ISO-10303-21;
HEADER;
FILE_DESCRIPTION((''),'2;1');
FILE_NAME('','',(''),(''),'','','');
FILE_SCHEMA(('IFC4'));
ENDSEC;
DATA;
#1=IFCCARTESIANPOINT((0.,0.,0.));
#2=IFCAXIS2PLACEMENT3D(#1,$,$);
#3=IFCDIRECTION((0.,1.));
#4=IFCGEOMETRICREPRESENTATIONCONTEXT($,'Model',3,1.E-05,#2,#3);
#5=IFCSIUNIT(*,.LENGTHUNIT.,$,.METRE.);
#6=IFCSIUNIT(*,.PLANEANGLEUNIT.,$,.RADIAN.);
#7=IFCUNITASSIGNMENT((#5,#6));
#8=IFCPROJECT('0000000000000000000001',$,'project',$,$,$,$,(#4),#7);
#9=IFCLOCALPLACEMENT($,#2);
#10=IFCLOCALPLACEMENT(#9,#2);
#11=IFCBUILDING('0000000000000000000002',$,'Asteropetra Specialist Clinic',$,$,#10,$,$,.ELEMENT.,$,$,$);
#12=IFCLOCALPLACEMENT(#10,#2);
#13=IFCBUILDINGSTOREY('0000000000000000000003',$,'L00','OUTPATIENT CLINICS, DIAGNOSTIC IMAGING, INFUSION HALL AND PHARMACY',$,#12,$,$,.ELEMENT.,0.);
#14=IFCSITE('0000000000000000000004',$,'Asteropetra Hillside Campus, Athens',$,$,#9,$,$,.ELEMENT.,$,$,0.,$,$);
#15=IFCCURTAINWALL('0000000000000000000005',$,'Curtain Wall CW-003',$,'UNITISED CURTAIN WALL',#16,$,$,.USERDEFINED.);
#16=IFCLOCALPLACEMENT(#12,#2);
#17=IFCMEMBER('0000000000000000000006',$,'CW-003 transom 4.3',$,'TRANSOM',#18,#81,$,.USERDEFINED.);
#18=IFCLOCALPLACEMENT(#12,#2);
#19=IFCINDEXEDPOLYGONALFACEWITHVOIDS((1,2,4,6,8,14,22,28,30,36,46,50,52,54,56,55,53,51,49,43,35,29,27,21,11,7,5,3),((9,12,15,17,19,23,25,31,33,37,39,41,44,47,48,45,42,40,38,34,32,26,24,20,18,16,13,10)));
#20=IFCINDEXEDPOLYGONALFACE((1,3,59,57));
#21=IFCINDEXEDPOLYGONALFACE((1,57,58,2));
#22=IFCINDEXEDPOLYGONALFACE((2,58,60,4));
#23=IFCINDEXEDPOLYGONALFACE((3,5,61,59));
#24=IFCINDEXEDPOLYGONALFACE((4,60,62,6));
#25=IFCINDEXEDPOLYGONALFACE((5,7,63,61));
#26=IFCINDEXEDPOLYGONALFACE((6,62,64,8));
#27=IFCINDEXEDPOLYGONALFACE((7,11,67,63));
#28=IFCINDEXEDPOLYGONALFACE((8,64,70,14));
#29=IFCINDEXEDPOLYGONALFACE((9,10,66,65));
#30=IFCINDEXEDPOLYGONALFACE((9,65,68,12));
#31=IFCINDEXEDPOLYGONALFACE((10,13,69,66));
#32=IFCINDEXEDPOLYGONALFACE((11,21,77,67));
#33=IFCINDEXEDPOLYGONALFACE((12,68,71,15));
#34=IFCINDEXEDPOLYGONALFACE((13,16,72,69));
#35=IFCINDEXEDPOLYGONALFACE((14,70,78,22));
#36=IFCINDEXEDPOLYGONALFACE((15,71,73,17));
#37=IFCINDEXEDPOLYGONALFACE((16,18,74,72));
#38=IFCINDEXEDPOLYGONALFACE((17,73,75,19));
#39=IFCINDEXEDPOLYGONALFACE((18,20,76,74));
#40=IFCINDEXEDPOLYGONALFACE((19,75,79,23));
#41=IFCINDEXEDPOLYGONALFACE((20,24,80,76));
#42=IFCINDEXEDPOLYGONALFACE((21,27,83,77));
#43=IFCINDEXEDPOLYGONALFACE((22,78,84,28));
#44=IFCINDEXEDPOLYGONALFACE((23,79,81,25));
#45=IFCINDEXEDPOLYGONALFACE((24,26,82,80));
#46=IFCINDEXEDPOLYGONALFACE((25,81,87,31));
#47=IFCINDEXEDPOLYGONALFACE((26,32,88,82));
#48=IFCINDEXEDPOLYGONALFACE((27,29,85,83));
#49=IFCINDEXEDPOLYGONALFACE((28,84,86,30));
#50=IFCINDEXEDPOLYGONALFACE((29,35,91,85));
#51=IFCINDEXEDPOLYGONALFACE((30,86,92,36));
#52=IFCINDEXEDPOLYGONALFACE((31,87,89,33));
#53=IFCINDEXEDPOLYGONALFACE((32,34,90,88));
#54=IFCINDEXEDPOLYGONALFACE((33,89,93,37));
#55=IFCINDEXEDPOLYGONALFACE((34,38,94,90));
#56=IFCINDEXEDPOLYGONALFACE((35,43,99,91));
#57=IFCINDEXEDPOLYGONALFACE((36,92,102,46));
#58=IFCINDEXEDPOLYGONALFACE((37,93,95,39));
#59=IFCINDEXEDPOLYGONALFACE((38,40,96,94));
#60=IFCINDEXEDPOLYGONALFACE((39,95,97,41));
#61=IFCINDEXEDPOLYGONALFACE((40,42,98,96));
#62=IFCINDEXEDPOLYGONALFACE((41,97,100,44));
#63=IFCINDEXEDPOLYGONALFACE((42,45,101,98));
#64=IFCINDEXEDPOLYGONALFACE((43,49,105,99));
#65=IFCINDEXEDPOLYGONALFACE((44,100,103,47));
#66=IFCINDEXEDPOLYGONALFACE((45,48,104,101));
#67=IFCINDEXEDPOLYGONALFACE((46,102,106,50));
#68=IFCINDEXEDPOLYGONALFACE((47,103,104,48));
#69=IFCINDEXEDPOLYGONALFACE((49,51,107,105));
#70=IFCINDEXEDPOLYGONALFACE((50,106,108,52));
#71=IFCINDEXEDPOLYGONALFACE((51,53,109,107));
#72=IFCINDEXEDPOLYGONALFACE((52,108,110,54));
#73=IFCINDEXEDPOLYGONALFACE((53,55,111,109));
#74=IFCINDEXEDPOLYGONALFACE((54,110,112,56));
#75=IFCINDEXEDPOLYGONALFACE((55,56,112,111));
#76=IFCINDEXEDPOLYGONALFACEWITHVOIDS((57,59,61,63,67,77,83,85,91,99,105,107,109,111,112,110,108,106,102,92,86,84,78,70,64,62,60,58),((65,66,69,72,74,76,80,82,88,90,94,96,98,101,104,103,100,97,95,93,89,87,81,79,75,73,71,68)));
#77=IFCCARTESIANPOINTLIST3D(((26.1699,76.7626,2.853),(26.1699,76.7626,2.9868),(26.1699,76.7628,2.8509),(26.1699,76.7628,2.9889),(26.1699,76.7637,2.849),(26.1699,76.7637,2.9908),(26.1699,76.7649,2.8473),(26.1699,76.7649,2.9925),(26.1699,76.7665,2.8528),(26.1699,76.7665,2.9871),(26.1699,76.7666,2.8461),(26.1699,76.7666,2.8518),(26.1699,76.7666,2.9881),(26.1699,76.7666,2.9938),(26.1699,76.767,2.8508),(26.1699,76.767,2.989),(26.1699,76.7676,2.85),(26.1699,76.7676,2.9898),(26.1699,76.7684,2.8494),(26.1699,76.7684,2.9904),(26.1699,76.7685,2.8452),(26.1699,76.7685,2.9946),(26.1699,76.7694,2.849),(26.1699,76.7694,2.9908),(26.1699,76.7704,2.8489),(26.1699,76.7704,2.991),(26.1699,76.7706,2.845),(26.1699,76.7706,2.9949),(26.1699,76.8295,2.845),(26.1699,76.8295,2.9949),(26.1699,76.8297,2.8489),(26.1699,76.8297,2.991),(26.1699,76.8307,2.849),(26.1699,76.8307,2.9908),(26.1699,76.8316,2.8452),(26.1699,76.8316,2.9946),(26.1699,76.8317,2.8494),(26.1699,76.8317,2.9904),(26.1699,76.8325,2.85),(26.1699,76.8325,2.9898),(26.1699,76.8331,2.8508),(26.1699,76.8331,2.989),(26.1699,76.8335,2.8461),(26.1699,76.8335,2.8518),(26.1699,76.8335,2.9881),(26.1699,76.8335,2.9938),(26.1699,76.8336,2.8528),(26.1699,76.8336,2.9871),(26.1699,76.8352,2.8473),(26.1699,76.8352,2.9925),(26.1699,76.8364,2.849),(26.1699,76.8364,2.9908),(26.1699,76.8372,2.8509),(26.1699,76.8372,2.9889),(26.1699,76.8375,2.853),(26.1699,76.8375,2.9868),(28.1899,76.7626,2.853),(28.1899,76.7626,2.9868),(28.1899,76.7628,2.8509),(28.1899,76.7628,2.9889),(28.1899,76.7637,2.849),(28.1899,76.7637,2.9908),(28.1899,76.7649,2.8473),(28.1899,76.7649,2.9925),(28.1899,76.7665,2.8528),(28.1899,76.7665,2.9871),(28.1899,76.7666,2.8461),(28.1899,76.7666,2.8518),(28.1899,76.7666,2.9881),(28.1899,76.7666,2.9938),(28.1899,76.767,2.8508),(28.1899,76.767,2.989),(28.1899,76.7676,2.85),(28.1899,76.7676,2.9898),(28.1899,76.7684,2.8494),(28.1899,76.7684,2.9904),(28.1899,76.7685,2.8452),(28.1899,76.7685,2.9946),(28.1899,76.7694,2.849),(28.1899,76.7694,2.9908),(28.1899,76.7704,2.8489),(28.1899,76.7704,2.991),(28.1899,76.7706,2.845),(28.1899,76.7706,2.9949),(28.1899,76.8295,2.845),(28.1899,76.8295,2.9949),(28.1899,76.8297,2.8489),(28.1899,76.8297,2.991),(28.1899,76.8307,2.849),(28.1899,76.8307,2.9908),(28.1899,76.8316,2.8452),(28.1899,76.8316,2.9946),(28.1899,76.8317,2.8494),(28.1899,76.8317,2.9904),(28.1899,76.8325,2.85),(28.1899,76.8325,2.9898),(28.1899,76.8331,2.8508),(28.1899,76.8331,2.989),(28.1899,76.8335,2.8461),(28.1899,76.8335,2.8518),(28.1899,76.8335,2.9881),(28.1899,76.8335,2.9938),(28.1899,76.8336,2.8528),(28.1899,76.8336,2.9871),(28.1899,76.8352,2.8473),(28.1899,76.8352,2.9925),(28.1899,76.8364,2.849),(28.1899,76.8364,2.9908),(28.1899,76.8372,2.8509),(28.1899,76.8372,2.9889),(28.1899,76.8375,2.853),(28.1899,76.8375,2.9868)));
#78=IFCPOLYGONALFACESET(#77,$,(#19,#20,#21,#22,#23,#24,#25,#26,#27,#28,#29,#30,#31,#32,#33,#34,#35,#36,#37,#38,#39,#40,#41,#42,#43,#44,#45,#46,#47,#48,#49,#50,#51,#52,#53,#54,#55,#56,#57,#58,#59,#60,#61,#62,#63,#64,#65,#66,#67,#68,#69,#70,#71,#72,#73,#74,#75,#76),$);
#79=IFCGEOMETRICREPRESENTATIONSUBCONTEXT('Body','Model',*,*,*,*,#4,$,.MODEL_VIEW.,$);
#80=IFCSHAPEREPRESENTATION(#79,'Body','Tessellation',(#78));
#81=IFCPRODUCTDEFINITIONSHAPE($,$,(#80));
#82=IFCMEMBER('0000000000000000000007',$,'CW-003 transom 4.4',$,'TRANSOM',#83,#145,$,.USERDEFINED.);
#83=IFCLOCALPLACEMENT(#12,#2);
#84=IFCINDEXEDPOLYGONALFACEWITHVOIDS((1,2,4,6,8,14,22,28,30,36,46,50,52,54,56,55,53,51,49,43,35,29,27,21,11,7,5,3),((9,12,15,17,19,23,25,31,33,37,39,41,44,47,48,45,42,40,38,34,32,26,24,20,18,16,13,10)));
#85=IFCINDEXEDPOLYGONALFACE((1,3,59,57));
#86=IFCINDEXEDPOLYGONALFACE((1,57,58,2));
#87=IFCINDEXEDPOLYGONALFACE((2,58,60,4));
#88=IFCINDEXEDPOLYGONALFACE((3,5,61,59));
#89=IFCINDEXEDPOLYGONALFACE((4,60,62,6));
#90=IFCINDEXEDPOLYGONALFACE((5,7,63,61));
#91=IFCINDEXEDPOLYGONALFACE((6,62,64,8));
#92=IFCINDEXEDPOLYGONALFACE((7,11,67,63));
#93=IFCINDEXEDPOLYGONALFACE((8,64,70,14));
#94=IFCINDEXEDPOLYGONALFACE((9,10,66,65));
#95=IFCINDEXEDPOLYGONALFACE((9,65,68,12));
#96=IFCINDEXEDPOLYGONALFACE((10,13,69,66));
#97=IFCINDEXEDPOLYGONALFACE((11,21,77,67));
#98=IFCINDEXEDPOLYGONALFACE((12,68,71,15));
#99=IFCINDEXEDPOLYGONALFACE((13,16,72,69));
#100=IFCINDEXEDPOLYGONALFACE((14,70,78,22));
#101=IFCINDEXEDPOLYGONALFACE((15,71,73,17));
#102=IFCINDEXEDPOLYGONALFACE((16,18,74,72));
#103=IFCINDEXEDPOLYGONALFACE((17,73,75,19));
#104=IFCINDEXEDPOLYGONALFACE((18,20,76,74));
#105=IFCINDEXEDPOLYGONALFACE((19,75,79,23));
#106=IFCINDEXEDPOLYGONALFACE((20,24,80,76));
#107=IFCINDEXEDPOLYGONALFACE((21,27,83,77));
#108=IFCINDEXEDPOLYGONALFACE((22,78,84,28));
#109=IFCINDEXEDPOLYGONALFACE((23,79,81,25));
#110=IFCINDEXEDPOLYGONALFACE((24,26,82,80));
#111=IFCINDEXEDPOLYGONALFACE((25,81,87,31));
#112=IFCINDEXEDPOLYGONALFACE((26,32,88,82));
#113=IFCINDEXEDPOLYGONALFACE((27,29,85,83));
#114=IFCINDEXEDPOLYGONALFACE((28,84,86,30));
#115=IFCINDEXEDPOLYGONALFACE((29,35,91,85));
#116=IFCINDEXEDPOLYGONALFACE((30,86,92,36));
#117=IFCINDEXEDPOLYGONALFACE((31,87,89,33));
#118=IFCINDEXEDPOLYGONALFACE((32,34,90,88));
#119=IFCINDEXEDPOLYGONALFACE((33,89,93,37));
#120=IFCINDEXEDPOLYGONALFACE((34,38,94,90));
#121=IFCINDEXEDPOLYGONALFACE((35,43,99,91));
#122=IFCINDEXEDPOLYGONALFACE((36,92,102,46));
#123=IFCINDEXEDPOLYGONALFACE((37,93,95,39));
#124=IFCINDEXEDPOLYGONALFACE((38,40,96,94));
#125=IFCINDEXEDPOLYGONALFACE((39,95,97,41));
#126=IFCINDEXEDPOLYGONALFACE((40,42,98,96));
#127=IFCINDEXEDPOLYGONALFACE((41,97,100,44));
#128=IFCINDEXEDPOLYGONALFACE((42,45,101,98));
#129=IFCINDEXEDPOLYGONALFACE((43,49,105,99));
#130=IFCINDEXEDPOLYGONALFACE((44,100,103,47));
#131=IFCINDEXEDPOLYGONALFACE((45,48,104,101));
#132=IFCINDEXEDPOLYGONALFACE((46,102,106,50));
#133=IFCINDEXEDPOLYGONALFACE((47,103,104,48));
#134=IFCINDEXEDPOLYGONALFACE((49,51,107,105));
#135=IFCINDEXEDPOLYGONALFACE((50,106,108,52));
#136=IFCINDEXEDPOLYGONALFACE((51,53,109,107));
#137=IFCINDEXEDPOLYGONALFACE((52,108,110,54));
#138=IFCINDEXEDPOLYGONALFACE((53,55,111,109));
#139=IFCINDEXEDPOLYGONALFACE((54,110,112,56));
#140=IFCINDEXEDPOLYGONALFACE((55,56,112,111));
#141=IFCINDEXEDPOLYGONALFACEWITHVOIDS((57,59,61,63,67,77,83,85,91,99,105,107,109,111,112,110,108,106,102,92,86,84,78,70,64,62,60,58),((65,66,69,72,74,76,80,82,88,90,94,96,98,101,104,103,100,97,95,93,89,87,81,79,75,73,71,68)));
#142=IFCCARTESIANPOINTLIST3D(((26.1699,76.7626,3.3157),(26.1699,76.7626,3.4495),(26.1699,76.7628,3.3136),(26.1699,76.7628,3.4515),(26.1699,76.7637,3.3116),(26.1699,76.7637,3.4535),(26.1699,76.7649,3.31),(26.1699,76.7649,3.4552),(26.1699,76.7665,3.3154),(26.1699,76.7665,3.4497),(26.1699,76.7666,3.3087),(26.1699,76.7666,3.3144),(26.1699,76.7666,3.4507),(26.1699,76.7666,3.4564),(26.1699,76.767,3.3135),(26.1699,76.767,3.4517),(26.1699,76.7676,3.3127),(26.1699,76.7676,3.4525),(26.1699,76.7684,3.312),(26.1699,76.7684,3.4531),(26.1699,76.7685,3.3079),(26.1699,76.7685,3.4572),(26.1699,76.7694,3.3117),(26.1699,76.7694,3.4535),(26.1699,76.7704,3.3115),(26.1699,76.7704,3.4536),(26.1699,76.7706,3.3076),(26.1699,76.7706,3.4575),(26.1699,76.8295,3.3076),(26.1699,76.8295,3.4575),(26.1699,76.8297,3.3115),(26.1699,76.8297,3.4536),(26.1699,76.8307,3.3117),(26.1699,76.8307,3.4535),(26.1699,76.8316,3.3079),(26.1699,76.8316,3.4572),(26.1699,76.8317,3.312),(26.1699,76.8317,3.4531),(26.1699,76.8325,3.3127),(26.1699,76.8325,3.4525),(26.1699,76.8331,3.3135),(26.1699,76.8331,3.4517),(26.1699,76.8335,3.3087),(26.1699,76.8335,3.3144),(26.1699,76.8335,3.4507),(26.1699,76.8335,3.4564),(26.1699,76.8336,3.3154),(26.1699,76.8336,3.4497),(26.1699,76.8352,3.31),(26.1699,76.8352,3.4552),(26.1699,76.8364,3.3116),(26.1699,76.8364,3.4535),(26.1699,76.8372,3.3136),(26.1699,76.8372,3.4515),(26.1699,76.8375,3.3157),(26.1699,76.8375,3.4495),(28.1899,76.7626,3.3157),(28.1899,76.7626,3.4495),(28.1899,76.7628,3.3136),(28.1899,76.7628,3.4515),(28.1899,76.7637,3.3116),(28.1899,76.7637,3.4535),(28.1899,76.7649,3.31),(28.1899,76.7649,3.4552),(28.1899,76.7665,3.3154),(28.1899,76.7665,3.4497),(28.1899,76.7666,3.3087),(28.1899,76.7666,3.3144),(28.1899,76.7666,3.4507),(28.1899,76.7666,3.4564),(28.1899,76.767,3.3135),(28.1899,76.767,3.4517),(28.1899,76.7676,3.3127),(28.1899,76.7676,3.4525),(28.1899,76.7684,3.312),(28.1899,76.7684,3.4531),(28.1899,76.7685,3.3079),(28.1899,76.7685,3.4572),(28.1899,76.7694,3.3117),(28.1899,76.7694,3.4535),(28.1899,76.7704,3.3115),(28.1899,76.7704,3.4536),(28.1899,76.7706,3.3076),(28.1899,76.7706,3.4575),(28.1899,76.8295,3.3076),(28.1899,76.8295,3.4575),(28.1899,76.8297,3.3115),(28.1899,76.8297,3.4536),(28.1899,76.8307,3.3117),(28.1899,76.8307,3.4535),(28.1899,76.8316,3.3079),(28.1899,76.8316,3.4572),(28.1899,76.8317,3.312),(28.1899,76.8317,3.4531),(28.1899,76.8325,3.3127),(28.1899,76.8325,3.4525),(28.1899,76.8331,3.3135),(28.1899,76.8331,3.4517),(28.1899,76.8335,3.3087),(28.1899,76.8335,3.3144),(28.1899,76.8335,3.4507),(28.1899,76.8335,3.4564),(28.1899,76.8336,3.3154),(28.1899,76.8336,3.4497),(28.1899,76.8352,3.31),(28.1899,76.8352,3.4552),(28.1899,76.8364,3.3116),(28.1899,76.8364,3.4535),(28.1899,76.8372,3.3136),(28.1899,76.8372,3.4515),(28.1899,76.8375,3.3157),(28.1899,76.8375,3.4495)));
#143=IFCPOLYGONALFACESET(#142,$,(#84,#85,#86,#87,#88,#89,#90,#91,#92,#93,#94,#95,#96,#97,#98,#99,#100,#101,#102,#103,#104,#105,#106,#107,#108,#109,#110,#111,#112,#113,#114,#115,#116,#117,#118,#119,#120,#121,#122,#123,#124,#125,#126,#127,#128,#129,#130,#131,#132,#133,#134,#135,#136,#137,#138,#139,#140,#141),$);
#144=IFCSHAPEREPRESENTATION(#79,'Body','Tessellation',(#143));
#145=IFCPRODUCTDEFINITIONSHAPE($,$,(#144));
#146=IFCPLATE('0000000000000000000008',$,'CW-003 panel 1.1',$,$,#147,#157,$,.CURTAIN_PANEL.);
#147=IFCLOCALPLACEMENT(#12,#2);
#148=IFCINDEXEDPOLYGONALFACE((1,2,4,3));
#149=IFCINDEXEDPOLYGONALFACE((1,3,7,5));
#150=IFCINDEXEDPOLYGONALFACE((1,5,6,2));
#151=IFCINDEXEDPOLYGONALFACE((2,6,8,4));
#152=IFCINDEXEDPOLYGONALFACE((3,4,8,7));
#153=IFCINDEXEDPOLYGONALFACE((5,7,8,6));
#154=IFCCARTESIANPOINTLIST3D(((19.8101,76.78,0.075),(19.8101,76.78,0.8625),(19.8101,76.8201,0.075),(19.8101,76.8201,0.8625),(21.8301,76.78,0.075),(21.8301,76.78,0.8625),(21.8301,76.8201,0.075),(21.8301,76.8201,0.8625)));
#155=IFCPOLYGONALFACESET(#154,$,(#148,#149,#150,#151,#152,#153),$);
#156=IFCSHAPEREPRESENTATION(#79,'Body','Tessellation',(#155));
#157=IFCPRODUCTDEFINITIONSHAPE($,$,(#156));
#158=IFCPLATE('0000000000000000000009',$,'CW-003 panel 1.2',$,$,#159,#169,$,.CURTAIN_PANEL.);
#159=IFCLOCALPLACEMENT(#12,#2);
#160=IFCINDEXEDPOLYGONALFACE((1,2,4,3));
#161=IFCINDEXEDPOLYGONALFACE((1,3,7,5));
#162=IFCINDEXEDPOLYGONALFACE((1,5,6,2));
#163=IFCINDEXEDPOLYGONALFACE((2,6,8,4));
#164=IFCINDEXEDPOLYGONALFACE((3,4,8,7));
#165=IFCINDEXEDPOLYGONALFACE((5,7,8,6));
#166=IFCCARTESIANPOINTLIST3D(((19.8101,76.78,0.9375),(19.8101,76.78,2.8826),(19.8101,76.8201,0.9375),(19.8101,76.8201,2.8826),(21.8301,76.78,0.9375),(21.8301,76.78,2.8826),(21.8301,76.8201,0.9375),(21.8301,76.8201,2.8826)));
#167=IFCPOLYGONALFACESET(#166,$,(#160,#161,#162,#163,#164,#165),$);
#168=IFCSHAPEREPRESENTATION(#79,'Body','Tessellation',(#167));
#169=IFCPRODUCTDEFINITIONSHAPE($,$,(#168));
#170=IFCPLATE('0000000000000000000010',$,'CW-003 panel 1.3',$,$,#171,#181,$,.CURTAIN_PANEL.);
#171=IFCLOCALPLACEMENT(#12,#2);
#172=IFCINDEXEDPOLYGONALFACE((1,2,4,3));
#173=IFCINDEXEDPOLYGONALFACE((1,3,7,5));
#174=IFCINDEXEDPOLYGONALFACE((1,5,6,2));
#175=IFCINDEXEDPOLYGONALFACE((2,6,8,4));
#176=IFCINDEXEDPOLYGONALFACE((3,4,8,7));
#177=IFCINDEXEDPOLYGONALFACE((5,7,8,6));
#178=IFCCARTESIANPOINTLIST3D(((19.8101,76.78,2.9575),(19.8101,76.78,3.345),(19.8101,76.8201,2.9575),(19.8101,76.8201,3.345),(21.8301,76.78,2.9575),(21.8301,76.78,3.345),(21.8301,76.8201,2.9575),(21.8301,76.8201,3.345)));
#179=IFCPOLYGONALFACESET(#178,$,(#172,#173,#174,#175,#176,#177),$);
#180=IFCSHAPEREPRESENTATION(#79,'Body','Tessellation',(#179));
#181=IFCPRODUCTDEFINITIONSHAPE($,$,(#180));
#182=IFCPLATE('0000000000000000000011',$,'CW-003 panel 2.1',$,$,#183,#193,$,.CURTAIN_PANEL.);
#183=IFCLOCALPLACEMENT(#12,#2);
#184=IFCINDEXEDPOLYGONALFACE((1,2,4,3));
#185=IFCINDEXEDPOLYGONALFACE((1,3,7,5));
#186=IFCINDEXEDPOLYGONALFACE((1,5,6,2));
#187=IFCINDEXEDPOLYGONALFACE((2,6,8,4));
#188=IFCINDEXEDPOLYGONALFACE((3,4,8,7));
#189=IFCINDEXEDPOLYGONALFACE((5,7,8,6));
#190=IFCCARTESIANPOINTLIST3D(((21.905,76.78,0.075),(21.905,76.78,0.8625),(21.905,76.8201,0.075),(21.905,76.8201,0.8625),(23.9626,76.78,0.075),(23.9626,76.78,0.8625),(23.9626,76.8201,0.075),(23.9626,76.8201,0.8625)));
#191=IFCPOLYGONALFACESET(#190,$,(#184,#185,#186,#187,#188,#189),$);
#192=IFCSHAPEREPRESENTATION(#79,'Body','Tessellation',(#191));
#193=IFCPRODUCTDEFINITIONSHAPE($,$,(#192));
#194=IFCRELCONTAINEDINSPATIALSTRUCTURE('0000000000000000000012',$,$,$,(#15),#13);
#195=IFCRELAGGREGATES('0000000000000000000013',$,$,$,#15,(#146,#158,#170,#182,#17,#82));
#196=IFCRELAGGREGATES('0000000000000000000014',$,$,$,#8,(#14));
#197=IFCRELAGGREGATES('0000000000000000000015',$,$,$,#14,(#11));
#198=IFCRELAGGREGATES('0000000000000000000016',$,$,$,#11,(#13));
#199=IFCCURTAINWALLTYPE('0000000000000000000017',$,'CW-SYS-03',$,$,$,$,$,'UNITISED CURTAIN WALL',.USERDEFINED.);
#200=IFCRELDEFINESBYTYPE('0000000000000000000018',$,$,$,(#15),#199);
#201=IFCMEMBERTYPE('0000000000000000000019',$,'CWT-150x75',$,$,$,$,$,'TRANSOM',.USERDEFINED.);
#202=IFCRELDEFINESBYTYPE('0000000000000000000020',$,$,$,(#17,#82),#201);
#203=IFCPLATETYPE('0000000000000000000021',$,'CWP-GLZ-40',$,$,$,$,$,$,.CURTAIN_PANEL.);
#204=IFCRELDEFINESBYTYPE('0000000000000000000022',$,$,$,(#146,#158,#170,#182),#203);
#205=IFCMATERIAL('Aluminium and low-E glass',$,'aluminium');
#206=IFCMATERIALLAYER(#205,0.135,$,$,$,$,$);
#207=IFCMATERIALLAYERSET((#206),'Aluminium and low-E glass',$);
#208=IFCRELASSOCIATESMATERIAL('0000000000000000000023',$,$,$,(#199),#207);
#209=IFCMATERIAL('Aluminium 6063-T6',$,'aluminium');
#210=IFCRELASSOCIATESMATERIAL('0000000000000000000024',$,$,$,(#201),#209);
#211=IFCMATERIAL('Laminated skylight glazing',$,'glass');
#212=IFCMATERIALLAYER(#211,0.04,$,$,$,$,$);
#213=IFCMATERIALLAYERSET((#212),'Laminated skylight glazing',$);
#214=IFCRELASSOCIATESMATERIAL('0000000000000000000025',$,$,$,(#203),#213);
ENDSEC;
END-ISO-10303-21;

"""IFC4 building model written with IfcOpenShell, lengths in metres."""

from ifc_helpers import new_model, si_unit, direction, frame, origin, origin_2d, place, context, subcontext, project, spatial, rectangle, hollow_rectangle, extrude, material, layer, layer_set, material_profile, profile_set, type_object, element, aggregate, save


model = new_model("IFC4")

# Units and contexts
model_context = context("Model", 3, precision=1e-05, world=origin(), true_north=direction((0.0, 1.0)))
body_context = subcontext(model_context, "Body", "Model", "MODEL_VIEW")
ifc_project = project(units=[si_unit("LENGTHUNIT", "METRE"), si_unit("PLANEANGLEUNIT", "RADIAN")], contexts=[model_context])

# Site, building, storey
site_placement = place(None, origin())
site = spatial("IfcSite", under=ifc_project, at=site_placement, Name="Asteropetra Hillside Campus, Athens", CompositionType="ELEMENT", RefElevation=0.0)
building_placement = place(site_placement, origin())
building = spatial("IfcBuilding", under=site, at=building_placement, Name="Asteropetra Specialist Clinic", CompositionType="ELEMENT")
storey_placement = place(building_placement, origin())
storey = spatial("IfcBuildingStorey", under=building, at=storey_placement, Name="L00", Description="OUTPATIENT CLINICS, DIAGNOSTIC IMAGING, INFUSION HALL AND PHARMACY", CompositionType="ELEMENT", Elevation=0.0)

# Curtain wall, members, plates
ifc_material_1 = material(Name="Aluminium and low-E glass", Category="aluminium")
ifc_layer_1 = layer(ifc_material_1, 0.135)
ifc_layer_set_1 = layer_set([ifc_layer_1], Name="Aluminium and low-E glass")
curtain_wall_type = type_object("IfcCurtainWallType", Name="CW-SYS-03", ElementType="UNITISED CURTAIN WALL", PredefinedType="USERDEFINED", material=ifc_layer_set_1)
curtain_wall_placement = place(storey_placement, origin())
curtain_wall = element("IfcCurtainWall", 1, at=curtain_wall_placement, inside=storey, type_object=curtain_wall_type, Name="Curtain Wall CW-003", ObjectType="UNITISED CURTAIN WALL", PredefinedType="USERDEFINED")
ifc_material_2 = material(Name="Aluminium 6063-T6", Category="aluminium")
ifc_material_profile_1 = material_profile(ifc_material_2, hollow_rectangle(XDim=0.075, YDim=0.1499, WallThickness=0.0039, InnerFilletRadius=0.0039, OuterFilletRadius=0.0081, at=origin_2d()), Name="TRN 150x75x4.0")
ifc_profile_set_1 = profile_set([ifc_material_profile_1], Name="Aluminium 6063-T6")
member_type_1 = type_object("IfcMemberType", Name="CWT-150x75", ElementType="TRANSOM", PredefinedType="USERDEFINED", material=ifc_profile_set_1)
member_1_placement = place(storey_placement, frame((26.1699, 76.8, 2.9199), z_axis=(1.0, 0.0, 0.0), x_axis=(0.0, 1.0, 0.0)))
member_1 = element("IfcMember", 2, at=member_1_placement, type_object=member_type_1, Name="CW-003 transom 4.3", ObjectType="TRANSOM", PredefinedType="USERDEFINED", context=body_context, shape_type="SweptSolid", body=[
    extrude(hollow_rectangle(XDim=0.075, YDim=0.1499, WallThickness=0.0039, InnerFilletRadius=0.0039, OuterFilletRadius=0.0081, at=origin_2d()), origin(), (0.0, 0.0, 1.0), 2.02),
])
member_2_placement = place(storey_placement, frame((26.1699, 76.8, 3.3826), z_axis=(1.0, 0.0, 0.0), x_axis=(0.0, 1.0, 0.0)))
member_2 = element("IfcMember", 3, at=member_2_placement, type_object=member_type_1, Name="CW-003 transom 4.4", ObjectType="TRANSOM", PredefinedType="USERDEFINED", context=body_context, shape_type="SweptSolid", body=[
    extrude(hollow_rectangle(XDim=0.075, YDim=0.1499, WallThickness=0.0039, InnerFilletRadius=0.0039, OuterFilletRadius=0.0081, at=origin_2d()), origin(), (0.0, 0.0, 1.0), 2.02),
])
ifc_material_3 = material(Name="Laminated skylight glazing", Category="glass")
ifc_layer_2 = layer(ifc_material_3, 0.04)
ifc_layer_set_2 = layer_set([ifc_layer_2], Name="Laminated skylight glazing")
plate_type = type_object("IfcPlateType", Name="CWP-GLZ-40", PredefinedType="CURTAIN_PANEL", material=ifc_layer_set_2)
plate_1_placement = place(storey_placement, frame((20.8201, 76.8, 0.075), z_axis=(0.0, 0.0, 1.0), x_axis=(1.0, 0.0, 0.0)))
plate_1 = element("IfcPlate", 4, at=plate_1_placement, type_object=plate_type, Name="CW-003 panel 1.1", PredefinedType="CURTAIN_PANEL", context=body_context, shape_type="SweptSolid", body=[
    extrude(rectangle(XDim=2.02, YDim=0.04, at=origin_2d()), origin(), (0.0, 0.0, 1.0), 0.7876),
])
plate_2_placement = place(storey_placement, frame((20.8201, 76.8, 0.9375), z_axis=(0.0, 0.0, 1.0), x_axis=(1.0, 0.0, 0.0)))
plate_2 = element("IfcPlate", 5, at=plate_2_placement, type_object=plate_type, Name="CW-003 panel 1.2", PredefinedType="CURTAIN_PANEL", context=body_context, shape_type="SweptSolid", body=[
    extrude(rectangle(XDim=2.02, YDim=0.04, at=origin_2d()), origin(), (0.0, 0.0, 1.0), 1.9451),
])
plate_3_placement = place(storey_placement, frame((20.8201, 76.8, 2.9575), z_axis=(0.0, 0.0, 1.0), x_axis=(1.0, 0.0, 0.0)))
plate_3 = element("IfcPlate", 6, at=plate_3_placement, type_object=plate_type, Name="CW-003 panel 1.3", PredefinedType="CURTAIN_PANEL", context=body_context, shape_type="SweptSolid", body=[
    extrude(rectangle(XDim=2.02, YDim=0.04, at=origin_2d()), origin(), (0.0, 0.0, 1.0), 0.3875),
])
plate_4_placement = place(storey_placement, frame((22.9338, 76.8, 0.075), z_axis=(0.0, 0.0, 1.0), x_axis=(1.0, 0.0, 0.0)))
plate_4 = element("IfcPlate", 7, at=plate_4_placement, type_object=plate_type, Name="CW-003 panel 2.1", PredefinedType="CURTAIN_PANEL", context=body_context, shape_type="SweptSolid", body=[
    extrude(rectangle(XDim=2.0576, YDim=0.04, at=origin_2d()), origin(), (0.0, 0.0, 1.0), 0.7876),
])
aggregate(curtain_wall, [plate_1, plate_2, plate_3, plate_4, member_1, member_2])

save(model, "model.ifc")
